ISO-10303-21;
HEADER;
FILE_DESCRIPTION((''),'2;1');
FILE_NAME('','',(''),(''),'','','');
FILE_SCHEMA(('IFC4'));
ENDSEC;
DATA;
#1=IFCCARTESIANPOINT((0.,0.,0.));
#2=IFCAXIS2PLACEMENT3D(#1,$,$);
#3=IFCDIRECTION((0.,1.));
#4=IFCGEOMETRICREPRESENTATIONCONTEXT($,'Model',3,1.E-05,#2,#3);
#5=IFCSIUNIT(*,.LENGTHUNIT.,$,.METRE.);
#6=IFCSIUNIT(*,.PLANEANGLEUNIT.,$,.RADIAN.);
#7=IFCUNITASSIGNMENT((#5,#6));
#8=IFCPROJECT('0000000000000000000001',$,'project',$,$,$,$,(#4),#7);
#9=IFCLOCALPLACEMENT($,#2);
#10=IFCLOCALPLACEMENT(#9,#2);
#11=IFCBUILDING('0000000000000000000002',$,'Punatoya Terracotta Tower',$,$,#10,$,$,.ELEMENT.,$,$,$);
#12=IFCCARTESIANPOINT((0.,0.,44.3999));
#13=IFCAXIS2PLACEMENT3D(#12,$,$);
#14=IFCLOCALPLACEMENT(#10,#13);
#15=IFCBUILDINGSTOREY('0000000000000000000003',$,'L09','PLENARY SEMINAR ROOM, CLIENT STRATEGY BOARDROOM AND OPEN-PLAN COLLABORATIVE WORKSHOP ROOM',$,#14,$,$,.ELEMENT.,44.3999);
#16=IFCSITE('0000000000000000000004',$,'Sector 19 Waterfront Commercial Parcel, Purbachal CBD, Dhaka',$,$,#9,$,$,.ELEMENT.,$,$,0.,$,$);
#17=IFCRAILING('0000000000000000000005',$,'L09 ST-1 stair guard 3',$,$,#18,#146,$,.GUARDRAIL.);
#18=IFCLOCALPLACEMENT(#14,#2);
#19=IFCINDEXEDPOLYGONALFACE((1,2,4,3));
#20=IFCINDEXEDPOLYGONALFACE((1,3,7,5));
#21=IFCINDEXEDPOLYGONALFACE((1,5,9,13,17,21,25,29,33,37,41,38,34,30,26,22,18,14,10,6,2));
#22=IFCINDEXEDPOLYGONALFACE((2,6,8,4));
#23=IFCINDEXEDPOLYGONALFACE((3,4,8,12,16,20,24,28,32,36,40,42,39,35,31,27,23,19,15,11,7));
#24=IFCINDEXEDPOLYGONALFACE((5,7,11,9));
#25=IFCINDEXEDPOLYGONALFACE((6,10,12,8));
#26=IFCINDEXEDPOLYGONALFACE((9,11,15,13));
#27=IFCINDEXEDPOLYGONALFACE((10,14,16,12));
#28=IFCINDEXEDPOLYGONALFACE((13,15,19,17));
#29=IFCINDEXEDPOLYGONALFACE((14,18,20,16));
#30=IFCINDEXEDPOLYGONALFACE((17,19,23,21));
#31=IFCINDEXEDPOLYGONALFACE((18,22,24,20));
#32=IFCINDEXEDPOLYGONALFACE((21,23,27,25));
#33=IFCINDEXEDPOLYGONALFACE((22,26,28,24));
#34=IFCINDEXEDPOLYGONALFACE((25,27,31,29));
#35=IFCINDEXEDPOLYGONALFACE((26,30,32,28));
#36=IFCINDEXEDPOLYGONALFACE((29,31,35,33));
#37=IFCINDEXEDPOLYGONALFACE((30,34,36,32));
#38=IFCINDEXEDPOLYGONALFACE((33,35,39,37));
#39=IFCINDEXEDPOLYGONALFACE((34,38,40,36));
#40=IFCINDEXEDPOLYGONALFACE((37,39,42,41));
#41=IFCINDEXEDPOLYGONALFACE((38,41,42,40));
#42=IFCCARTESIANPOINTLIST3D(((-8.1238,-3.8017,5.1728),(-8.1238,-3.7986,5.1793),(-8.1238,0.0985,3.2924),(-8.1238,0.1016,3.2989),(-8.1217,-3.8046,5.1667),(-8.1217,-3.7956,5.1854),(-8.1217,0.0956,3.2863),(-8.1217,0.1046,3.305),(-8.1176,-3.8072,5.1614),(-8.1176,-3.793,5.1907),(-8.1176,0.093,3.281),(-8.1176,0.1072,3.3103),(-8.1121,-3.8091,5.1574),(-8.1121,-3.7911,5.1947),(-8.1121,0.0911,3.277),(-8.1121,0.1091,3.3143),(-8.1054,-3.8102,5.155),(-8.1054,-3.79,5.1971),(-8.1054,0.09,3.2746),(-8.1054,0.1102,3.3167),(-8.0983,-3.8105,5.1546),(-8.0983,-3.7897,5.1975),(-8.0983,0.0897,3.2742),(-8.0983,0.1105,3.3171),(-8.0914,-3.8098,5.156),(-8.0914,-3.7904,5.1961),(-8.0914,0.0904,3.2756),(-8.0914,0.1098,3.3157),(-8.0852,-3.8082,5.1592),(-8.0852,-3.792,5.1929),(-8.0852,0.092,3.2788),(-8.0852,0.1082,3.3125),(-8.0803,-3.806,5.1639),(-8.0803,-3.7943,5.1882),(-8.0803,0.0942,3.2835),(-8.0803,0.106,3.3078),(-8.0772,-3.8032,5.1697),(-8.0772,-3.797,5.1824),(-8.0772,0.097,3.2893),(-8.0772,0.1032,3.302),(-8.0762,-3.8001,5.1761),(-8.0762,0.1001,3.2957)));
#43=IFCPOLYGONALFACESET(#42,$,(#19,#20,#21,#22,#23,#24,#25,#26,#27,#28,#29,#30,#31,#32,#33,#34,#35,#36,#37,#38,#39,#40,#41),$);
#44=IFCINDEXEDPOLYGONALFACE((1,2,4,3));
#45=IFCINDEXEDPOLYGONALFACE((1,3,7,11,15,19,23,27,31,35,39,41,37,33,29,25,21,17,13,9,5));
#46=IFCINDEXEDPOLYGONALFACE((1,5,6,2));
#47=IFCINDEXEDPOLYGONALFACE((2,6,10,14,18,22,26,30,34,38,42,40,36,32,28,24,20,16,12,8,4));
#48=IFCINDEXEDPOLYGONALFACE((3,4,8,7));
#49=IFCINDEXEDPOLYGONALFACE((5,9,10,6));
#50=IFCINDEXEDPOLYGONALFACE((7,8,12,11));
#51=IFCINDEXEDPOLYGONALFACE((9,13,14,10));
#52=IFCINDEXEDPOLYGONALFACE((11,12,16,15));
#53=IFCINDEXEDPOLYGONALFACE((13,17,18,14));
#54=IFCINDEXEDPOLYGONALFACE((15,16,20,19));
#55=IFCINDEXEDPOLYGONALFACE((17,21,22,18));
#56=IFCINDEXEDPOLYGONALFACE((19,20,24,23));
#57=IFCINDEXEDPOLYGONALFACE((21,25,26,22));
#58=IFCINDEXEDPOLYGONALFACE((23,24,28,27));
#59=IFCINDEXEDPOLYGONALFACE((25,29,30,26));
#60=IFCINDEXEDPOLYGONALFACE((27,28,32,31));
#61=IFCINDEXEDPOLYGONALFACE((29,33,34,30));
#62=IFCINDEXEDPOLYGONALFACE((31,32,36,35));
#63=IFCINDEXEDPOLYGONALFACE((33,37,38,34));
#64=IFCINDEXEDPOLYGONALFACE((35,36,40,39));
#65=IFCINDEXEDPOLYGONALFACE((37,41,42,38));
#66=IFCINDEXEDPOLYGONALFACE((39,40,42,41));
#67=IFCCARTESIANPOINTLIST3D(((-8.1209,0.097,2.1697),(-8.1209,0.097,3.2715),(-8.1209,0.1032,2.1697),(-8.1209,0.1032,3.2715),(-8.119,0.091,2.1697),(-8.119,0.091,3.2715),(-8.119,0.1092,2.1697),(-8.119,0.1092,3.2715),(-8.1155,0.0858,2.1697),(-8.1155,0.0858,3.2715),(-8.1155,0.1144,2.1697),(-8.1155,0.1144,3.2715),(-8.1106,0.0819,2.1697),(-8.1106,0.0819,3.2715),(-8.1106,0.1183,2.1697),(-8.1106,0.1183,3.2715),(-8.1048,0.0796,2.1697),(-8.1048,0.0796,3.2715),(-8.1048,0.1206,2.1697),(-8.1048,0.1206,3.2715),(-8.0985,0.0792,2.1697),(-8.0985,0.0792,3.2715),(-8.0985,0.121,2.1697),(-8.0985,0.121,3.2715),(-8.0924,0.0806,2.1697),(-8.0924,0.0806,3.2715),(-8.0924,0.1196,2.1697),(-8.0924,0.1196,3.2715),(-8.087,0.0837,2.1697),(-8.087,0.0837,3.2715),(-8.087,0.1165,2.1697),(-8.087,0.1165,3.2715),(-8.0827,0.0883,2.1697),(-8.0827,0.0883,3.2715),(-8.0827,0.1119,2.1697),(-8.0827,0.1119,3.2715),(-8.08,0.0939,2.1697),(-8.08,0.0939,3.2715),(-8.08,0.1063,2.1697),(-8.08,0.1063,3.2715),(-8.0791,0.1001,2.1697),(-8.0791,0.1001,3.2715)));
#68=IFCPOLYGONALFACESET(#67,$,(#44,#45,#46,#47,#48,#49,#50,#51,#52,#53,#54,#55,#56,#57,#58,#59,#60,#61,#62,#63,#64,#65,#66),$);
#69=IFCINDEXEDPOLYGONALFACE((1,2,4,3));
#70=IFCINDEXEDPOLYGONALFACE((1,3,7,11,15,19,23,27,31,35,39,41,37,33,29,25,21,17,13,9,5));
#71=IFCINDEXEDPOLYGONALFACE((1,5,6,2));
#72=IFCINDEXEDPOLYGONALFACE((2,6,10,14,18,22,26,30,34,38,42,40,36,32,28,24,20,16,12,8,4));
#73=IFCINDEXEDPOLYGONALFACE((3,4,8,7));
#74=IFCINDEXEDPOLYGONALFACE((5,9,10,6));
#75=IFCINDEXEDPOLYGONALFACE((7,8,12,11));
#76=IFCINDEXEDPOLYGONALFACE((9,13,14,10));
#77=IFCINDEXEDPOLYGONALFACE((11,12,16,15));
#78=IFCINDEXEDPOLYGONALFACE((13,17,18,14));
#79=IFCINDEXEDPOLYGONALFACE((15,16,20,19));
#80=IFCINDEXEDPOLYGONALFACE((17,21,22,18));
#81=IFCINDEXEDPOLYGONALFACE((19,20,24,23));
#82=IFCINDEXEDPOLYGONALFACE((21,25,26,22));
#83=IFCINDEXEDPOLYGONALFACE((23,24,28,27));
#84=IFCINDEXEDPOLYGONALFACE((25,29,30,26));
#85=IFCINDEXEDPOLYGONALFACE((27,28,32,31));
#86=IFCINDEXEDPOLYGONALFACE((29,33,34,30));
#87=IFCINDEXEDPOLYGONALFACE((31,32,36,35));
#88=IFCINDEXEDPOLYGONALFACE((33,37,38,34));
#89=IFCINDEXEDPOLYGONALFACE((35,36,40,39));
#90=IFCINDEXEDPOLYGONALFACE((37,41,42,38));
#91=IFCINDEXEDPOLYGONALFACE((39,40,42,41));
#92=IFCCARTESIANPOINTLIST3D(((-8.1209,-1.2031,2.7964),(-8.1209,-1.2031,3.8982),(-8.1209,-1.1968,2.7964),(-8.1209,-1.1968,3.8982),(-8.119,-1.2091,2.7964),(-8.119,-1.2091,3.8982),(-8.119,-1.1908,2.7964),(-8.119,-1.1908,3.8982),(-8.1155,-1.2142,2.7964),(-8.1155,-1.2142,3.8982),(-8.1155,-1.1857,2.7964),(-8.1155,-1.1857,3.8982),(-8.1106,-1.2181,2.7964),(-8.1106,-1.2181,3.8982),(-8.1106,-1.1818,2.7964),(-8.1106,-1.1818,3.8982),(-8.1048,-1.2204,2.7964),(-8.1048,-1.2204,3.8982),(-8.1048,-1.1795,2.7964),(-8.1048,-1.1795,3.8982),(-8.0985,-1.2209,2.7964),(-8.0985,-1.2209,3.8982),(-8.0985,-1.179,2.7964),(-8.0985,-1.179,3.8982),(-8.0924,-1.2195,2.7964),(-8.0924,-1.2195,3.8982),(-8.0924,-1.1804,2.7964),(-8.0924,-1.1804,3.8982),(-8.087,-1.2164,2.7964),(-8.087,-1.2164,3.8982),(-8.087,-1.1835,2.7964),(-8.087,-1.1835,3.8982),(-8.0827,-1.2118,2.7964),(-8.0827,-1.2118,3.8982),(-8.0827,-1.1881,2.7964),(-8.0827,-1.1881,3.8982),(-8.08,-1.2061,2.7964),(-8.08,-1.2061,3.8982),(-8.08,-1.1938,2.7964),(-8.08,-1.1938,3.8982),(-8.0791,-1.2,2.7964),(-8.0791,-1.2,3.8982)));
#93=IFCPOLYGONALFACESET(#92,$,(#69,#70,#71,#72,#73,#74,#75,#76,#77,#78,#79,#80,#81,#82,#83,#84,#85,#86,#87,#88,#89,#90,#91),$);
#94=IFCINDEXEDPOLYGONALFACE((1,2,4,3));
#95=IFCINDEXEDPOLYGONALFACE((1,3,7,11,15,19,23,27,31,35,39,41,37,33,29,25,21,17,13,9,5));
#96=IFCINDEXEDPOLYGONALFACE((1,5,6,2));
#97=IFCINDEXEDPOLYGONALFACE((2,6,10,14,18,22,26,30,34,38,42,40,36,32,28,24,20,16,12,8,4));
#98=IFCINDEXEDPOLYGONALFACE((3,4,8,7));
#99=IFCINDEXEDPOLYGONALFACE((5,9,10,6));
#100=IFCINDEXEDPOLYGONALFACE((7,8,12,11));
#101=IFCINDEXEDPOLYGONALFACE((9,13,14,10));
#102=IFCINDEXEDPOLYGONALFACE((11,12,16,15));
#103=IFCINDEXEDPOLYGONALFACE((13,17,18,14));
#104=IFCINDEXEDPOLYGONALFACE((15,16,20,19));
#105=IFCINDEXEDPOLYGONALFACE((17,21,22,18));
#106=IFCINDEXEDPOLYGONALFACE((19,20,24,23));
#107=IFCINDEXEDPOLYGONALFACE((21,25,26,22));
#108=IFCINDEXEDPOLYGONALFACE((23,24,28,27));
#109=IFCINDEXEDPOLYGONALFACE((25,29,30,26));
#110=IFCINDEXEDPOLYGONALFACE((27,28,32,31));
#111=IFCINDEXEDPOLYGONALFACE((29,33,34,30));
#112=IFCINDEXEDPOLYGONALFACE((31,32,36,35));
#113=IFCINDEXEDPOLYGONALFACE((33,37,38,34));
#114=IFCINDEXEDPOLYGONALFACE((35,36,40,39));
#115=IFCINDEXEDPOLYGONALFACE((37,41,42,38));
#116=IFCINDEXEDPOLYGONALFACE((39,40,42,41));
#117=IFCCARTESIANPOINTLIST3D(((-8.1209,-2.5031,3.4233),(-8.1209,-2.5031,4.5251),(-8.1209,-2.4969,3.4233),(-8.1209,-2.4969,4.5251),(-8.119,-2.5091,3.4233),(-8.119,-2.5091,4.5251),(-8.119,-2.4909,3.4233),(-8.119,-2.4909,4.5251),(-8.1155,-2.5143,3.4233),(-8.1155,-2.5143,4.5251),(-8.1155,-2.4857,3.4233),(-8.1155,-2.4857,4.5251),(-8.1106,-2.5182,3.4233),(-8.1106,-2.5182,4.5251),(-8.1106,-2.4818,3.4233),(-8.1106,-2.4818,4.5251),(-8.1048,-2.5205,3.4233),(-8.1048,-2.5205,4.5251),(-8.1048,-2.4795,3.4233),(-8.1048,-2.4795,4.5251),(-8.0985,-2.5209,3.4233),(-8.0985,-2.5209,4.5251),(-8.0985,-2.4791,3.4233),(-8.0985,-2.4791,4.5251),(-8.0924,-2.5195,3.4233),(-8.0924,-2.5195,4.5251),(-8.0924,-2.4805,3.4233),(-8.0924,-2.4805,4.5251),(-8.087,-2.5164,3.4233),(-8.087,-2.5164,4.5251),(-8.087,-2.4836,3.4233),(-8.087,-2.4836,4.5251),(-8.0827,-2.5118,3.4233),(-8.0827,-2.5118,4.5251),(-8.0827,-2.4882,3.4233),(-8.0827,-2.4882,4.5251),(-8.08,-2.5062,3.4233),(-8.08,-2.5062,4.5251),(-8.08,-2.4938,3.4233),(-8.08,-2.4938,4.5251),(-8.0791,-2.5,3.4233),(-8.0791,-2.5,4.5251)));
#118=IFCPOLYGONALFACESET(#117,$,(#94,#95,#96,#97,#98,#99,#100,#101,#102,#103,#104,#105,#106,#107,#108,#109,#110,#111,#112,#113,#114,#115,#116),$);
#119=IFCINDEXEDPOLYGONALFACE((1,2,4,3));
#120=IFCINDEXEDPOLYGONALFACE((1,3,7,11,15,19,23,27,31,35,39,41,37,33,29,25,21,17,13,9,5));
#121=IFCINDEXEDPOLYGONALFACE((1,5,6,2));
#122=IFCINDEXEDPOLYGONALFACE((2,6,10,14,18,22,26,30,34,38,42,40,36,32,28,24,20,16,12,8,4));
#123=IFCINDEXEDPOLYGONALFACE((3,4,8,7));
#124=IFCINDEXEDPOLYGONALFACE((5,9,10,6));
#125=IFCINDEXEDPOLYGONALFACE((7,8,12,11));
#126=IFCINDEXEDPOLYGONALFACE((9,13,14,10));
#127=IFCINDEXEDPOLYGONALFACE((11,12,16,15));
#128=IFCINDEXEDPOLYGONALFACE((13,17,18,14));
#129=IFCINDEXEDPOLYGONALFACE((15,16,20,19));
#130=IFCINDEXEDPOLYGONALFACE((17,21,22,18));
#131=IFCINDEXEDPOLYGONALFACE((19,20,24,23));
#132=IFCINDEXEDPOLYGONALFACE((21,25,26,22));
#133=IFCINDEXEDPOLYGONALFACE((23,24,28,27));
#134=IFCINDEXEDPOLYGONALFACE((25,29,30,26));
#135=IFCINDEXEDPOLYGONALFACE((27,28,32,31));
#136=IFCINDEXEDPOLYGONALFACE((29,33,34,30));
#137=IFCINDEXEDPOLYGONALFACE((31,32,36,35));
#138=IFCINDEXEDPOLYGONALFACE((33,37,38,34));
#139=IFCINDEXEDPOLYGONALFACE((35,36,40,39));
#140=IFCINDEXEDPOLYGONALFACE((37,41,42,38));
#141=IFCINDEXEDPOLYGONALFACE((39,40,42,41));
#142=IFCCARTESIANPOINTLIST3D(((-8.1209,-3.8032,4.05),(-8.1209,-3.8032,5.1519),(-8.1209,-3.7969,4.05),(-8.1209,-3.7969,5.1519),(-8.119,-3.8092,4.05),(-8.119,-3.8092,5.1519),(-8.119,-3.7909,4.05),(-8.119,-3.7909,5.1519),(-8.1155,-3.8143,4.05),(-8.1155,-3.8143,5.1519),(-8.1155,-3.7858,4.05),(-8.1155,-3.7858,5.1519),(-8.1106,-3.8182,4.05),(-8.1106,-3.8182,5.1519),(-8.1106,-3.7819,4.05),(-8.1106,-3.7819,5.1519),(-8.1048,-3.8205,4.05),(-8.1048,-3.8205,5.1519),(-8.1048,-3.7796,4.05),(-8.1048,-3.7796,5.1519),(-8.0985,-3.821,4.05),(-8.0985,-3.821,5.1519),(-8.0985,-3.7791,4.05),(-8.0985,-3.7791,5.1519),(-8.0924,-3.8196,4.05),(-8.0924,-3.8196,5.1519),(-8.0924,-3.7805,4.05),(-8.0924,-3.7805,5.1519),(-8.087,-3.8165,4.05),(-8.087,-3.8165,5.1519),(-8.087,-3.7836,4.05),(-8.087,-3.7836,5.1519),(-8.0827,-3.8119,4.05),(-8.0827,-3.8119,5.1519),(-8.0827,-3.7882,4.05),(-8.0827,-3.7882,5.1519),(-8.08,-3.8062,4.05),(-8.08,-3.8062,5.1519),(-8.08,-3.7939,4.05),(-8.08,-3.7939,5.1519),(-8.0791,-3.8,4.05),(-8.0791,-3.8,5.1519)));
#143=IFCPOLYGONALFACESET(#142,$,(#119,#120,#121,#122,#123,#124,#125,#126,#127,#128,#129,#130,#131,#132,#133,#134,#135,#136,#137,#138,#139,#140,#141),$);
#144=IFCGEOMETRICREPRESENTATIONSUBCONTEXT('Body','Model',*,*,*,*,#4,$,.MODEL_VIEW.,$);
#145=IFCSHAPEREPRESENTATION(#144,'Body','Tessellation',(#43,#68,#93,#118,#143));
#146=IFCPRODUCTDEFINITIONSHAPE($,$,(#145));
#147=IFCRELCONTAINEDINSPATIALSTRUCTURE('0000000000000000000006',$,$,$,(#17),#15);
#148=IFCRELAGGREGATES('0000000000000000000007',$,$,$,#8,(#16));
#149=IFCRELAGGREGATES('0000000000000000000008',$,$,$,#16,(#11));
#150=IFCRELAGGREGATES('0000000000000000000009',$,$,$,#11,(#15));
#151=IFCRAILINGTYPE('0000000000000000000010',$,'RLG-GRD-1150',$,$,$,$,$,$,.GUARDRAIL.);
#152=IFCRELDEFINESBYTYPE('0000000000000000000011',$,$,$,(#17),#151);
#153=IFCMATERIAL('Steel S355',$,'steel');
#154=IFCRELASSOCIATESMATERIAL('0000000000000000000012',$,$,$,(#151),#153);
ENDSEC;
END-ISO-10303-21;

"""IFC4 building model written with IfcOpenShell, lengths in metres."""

from ifc_helpers import new_model, si_unit, direction, frame, origin, origin_2d, place, context, subcontext, project, spatial, circle, extrude, material, type_object, element, save


model = new_model("IFC4")

# Units and contexts
model_context = context("Model", 3, precision=1e-05, world=origin(), true_north=direction((0.0, 1.0)))
body_context = subcontext(model_context, "Body", "Model", "MODEL_VIEW")
ifc_project = project(units=[si_unit("LENGTHUNIT", "METRE"), si_unit("PLANEANGLEUNIT", "RADIAN")], contexts=[model_context])

# Site, building, storey
site_placement = place(None, origin())
site = spatial("IfcSite", under=ifc_project, at=site_placement, Name="Sector 19 Waterfront Commercial Parcel, Purbachal CBD, Dhaka", CompositionType="ELEMENT", RefElevation=0.0)
building_placement = place(site_placement, origin())
building = spatial("IfcBuilding", under=site, at=building_placement, Name="Punatoya Terracotta Tower", CompositionType="ELEMENT")
storey_placement = place(building_placement, frame((0.0, 0.0, 44.3999)))
storey = spatial("IfcBuildingStorey", under=building, at=storey_placement, Name="L09", Description="PLENARY SEMINAR ROOM, CLIENT STRATEGY BOARDROOM AND OPEN-PLAN COLLABORATIVE WORKSHOP ROOM", CompositionType="ELEMENT", Elevation=44.3999)

# Shared definitions
ifc_material_1 = material(Name="Steel S355", Category="steel")

# Railing
railing_type_1 = type_object("IfcRailingType", Name="RLG-GRD-1150", PredefinedType="GUARDRAIL", material=ifc_material_1)
railing_1_placement = place(storey_placement, frame((-8.1001, 0.1001, 2.1697)))
element("IfcRailing", 1, at=railing_1_placement, inside=storey, type_object=railing_type_1, Name="L09 ST-1 stair guard 3", PredefinedType="GUARDRAIL", context=body_context, shape_type="SweptSolid", body=[
    extrude(circle(Radius=0.0239, at=origin_2d()), frame((0.0, 0.0, 1.126), z_axis=(0.0, -0.900774, 0.434289), x_axis=(1.0, 0.0, 0.0)), (0.0, 0.0, 1.0), 4.3298),
    extrude(circle(Radius=0.021, at=origin_2d()), origin(), (0.0, 0.0, 1.0), 1.1018),
    extrude(circle(Radius=0.021, at=origin_2d()), frame((0.0, -1.3, 0.6267)), (0.0, 0.0, 1.0), 1.1018),
    extrude(circle(Radius=0.021, at=origin_2d()), frame((0.0, -2.6001, 1.2537)), (0.0, 0.0, 1.0), 1.1018),
    extrude(circle(Radius=0.021, at=origin_2d()), frame((0.0, -3.9001, 1.8804)), (0.0, 0.0, 1.0), 1.1018),
])

save(model, "model.ifc")
